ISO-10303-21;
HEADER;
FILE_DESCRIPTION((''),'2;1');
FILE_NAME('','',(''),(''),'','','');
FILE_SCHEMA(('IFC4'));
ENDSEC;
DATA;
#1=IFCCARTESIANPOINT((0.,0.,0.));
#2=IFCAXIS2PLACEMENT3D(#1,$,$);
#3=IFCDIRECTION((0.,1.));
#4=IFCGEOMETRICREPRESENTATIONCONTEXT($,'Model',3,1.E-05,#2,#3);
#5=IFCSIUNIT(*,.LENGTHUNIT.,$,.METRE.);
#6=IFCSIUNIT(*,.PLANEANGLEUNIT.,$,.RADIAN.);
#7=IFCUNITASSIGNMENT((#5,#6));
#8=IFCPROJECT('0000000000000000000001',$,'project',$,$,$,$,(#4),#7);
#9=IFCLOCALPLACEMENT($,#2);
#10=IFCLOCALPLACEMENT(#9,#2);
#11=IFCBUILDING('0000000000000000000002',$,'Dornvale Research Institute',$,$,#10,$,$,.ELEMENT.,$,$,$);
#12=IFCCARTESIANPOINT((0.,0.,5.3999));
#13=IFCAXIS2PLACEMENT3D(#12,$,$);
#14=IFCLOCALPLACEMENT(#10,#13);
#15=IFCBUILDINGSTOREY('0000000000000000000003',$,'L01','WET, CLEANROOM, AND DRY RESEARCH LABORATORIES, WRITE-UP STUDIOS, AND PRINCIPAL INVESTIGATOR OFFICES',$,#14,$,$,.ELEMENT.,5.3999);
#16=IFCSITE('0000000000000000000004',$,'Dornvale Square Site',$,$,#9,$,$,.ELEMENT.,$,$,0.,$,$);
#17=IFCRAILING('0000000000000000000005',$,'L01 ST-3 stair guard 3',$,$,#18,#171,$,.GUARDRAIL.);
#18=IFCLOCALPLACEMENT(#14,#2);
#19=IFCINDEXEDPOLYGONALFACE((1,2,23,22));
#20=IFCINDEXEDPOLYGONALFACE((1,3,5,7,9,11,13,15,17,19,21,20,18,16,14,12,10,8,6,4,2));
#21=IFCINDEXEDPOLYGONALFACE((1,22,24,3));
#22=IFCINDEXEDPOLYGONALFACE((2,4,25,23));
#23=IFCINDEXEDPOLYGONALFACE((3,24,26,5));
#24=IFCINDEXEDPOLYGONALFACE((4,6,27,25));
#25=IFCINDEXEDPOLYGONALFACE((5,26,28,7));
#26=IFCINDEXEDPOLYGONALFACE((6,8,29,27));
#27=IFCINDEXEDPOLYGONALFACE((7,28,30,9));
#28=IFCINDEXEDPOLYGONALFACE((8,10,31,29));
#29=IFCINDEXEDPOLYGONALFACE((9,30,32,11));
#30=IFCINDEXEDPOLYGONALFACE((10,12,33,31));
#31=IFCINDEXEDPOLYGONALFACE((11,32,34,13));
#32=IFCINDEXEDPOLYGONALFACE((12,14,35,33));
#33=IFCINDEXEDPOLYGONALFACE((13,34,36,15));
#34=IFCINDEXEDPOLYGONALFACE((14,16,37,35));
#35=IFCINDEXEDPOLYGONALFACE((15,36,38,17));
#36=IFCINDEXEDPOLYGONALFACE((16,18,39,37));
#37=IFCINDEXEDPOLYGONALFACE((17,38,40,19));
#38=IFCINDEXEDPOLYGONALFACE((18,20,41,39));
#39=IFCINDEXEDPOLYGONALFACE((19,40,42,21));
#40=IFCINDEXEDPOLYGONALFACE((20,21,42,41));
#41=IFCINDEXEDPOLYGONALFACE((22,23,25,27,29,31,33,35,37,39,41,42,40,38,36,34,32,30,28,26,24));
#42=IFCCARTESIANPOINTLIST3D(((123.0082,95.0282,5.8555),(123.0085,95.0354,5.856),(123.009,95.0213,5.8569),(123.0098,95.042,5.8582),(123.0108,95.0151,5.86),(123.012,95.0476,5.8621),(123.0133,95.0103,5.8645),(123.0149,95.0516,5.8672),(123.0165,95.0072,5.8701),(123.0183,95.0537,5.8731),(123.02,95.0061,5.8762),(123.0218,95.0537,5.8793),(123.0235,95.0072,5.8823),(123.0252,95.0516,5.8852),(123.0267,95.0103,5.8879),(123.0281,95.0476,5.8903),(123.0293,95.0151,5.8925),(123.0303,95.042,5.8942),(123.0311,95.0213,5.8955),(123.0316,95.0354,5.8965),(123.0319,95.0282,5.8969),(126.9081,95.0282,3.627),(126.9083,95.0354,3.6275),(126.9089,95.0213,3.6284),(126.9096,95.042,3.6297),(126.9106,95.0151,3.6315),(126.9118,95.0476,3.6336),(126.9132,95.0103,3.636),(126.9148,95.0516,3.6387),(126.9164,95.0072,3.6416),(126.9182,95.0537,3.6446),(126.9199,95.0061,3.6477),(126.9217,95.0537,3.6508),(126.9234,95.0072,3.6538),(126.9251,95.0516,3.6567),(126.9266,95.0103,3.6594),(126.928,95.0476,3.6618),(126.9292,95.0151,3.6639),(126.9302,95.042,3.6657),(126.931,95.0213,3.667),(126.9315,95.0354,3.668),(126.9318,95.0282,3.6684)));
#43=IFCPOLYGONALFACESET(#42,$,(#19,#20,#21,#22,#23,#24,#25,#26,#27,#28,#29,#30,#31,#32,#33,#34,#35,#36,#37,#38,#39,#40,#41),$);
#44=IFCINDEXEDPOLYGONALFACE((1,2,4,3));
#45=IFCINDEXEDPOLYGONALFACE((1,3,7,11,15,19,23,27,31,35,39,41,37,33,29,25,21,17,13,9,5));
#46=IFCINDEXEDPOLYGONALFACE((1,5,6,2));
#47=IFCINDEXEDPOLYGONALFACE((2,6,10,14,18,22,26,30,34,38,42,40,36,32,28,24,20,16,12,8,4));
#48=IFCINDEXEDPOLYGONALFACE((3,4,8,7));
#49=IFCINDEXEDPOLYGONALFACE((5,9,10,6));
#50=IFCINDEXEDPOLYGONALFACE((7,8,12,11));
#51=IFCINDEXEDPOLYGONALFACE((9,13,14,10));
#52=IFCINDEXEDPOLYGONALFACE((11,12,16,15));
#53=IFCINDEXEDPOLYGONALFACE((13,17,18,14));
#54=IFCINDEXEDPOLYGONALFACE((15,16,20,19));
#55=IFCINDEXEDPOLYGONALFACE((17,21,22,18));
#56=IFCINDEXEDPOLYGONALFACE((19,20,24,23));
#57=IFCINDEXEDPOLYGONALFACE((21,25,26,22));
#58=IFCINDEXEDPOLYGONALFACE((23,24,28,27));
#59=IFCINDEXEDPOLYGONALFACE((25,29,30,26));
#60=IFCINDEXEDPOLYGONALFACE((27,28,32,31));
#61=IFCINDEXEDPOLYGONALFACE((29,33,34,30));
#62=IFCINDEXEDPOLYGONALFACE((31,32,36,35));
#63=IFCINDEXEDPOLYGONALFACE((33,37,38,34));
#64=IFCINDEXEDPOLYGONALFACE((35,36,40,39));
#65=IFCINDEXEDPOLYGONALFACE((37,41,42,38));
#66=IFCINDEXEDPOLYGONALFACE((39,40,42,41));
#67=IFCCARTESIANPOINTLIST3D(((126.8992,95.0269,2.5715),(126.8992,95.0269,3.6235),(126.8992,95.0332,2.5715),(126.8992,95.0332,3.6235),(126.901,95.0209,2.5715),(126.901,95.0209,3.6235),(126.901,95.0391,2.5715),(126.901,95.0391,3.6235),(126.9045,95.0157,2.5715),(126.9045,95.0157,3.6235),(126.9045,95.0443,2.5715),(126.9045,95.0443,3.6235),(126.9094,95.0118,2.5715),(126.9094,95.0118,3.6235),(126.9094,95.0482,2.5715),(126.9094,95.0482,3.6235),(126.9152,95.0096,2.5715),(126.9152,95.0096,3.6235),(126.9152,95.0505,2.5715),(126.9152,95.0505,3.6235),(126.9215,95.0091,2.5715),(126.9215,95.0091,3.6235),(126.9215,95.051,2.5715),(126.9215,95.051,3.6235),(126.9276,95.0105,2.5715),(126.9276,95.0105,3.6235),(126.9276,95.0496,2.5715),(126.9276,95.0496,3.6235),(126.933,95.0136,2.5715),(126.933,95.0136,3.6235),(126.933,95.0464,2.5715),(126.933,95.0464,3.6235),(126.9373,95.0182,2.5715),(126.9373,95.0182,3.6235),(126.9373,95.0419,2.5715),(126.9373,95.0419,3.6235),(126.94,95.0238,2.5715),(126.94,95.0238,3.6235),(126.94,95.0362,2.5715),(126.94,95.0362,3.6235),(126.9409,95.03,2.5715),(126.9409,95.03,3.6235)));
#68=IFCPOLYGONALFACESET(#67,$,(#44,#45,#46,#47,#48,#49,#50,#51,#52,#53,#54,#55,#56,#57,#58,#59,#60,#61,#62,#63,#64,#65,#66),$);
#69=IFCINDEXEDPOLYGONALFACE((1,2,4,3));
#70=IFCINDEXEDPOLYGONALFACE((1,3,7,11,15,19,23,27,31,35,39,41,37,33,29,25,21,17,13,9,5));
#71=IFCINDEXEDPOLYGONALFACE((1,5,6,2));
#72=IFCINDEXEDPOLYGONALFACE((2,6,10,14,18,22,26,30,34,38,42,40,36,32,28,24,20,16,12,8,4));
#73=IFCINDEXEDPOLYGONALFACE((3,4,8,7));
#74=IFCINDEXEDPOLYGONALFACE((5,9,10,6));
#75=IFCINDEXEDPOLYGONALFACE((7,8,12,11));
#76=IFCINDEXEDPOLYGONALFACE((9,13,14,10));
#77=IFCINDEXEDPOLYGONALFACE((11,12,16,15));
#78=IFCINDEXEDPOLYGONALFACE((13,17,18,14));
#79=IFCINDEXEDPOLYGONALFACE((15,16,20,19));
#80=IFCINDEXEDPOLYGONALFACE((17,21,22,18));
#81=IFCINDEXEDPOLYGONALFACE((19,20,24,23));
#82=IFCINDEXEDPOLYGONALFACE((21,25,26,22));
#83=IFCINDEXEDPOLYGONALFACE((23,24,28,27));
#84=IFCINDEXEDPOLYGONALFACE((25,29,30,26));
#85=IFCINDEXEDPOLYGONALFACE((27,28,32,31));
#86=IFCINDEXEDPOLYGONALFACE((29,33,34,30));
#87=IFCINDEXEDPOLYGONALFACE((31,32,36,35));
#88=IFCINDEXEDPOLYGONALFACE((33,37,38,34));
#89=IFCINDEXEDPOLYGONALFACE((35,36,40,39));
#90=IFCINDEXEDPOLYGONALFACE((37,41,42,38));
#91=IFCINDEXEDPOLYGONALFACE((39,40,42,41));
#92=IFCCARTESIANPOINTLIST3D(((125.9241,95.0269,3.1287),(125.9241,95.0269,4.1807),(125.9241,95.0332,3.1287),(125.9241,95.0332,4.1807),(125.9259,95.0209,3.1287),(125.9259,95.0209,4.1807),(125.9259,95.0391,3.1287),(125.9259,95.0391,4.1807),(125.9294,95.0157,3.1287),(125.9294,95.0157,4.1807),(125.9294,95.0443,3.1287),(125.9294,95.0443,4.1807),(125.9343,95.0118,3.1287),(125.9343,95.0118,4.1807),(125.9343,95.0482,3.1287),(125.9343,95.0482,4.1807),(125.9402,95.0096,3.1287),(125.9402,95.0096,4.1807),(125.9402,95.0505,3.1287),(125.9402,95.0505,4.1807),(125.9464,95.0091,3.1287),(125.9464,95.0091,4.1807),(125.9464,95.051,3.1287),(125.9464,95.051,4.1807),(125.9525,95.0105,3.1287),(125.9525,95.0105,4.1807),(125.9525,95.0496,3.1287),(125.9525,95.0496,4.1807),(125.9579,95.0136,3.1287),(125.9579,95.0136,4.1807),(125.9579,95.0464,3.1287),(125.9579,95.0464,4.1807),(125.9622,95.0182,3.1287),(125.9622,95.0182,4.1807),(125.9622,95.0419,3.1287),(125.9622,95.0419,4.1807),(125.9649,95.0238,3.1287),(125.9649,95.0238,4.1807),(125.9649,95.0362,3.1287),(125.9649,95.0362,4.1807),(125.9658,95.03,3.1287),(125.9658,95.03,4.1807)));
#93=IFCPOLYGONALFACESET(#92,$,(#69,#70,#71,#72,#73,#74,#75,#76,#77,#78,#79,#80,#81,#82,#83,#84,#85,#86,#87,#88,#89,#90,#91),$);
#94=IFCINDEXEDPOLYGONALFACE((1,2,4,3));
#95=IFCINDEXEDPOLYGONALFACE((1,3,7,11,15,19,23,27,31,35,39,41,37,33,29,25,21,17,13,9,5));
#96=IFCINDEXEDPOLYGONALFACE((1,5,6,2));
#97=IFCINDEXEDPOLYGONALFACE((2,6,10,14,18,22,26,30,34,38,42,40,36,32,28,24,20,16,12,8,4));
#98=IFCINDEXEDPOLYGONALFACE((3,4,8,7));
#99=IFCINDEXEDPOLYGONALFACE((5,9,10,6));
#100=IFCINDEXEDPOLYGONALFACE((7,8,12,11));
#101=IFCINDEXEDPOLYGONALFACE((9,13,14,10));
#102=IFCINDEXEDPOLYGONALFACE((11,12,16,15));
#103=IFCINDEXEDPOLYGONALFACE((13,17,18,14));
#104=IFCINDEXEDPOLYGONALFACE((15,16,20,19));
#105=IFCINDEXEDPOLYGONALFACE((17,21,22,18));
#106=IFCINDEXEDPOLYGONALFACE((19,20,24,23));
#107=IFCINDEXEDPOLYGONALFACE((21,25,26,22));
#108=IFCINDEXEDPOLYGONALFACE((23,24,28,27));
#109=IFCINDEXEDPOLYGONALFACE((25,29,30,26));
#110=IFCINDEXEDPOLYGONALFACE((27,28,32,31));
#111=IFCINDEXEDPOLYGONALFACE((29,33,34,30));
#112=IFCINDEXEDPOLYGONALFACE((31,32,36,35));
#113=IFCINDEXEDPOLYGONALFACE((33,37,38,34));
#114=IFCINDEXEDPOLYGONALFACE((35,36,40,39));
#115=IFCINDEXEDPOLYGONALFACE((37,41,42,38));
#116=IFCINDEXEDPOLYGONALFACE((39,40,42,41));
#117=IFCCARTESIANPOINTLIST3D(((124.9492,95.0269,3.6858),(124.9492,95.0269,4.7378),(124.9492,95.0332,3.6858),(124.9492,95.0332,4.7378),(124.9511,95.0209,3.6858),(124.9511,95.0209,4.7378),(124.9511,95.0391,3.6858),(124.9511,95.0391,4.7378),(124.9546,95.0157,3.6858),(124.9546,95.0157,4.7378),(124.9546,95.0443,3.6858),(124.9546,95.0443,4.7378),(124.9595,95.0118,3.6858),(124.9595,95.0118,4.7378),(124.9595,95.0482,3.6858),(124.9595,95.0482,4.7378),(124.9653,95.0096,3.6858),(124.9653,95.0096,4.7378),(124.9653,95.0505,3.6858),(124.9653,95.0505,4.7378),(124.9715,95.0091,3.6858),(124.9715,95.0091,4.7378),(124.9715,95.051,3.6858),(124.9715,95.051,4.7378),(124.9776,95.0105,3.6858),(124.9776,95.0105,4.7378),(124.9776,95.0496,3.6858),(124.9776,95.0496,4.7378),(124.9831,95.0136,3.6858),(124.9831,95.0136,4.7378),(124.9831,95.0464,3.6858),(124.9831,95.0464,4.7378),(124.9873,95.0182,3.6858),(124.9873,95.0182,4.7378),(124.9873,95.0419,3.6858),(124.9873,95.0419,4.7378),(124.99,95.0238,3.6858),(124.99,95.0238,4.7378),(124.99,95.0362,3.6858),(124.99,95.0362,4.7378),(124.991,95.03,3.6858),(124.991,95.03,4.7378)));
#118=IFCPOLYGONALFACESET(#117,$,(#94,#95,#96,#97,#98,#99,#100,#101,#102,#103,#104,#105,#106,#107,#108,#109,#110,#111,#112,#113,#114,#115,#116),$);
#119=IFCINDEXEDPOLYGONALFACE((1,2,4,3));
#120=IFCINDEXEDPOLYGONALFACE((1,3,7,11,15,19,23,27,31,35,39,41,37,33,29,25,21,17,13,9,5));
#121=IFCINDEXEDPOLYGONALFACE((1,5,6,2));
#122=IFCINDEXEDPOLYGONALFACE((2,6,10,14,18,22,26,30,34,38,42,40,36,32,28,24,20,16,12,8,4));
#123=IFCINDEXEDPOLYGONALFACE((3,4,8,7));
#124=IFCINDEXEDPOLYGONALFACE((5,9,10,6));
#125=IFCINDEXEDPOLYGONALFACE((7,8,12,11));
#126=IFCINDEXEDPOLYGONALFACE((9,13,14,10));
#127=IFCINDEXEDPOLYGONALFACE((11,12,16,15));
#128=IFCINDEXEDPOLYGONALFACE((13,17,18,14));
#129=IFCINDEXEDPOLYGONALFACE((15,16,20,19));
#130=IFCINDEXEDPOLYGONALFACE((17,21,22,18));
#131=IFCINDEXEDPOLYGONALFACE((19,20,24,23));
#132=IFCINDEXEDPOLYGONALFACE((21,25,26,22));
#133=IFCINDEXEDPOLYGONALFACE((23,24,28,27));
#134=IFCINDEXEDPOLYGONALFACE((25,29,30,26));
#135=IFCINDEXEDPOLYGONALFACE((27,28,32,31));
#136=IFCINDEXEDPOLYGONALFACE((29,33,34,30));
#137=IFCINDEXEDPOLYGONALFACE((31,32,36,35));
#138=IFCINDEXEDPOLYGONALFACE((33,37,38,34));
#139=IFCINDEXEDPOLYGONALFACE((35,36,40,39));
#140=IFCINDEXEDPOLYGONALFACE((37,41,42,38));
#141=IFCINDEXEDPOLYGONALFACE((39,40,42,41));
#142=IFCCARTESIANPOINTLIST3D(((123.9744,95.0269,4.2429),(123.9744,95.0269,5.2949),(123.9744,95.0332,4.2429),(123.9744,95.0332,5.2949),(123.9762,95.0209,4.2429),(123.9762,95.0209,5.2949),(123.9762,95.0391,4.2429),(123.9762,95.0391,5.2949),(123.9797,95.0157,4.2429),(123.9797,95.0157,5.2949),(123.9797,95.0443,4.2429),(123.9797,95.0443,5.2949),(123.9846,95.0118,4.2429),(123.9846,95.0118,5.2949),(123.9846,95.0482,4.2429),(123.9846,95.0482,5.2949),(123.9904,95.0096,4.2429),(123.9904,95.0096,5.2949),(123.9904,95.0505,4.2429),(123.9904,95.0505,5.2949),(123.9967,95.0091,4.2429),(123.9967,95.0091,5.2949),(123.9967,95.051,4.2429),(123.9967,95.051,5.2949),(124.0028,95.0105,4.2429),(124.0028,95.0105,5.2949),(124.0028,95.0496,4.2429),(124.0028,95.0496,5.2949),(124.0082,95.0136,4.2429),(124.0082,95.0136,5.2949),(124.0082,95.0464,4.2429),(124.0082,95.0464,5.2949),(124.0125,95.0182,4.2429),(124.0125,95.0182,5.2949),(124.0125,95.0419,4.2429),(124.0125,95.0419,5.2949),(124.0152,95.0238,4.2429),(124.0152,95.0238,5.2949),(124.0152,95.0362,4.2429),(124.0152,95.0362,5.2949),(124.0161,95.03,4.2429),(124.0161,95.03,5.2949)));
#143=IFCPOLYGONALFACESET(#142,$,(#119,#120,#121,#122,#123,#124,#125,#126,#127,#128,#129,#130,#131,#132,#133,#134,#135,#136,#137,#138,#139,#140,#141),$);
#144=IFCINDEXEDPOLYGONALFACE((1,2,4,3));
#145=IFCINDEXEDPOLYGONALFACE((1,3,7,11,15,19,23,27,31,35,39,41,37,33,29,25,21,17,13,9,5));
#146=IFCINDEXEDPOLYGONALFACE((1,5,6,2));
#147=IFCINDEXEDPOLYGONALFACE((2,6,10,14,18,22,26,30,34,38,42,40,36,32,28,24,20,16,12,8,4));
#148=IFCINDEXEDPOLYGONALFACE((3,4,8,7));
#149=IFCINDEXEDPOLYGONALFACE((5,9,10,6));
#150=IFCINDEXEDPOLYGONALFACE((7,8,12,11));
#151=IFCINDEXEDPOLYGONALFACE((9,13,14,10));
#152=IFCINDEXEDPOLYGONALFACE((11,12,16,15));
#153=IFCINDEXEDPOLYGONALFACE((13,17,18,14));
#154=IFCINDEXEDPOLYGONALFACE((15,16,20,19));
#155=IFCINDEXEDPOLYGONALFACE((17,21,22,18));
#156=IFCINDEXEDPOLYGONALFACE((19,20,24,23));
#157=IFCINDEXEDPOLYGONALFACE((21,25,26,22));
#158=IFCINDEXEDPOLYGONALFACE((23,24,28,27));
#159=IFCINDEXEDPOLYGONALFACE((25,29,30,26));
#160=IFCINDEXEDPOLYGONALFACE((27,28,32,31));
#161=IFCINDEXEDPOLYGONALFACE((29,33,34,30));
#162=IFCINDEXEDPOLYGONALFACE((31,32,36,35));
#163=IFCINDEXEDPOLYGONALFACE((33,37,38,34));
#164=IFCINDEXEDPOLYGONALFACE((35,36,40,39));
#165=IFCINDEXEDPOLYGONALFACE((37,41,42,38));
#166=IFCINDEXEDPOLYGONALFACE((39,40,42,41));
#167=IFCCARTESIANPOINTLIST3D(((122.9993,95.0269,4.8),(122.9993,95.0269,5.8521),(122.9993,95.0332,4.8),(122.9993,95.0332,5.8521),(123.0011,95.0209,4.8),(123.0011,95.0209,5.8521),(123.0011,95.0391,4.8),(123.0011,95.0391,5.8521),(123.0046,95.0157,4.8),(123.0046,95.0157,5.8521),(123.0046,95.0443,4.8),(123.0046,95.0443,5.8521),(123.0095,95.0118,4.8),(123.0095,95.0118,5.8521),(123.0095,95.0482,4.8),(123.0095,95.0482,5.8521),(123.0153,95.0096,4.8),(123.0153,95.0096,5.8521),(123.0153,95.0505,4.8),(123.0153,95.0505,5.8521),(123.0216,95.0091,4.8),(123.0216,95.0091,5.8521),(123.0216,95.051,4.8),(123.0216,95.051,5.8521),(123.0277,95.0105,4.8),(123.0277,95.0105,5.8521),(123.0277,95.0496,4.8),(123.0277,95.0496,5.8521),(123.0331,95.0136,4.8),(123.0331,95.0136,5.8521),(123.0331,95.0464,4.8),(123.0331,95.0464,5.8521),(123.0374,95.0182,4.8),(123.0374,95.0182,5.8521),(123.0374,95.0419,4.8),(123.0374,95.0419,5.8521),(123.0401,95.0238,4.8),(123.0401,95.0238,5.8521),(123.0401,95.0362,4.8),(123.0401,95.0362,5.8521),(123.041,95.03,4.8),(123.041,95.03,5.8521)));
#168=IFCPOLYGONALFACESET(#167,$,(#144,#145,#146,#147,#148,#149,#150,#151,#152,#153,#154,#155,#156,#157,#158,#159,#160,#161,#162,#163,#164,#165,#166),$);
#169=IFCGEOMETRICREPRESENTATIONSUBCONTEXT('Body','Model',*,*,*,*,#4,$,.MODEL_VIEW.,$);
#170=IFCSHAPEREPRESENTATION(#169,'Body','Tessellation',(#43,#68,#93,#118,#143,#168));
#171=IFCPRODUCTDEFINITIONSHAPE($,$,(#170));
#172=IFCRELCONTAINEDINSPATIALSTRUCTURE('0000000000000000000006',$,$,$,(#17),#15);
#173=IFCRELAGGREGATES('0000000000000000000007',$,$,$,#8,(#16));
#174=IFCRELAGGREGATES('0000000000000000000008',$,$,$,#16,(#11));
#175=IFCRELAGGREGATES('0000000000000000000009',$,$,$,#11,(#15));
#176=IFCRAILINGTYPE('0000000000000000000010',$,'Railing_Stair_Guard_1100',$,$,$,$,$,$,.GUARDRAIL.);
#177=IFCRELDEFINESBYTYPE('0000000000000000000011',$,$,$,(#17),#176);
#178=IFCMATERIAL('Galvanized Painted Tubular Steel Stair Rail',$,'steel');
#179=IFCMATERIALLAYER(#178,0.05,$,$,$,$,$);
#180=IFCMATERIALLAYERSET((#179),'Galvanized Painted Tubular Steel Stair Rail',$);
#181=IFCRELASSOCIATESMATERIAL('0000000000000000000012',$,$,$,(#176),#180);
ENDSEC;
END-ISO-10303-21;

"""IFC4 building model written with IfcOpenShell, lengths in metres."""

from ifc_helpers import new_model, si_unit, direction, frame, origin, origin_2d, place, context, subcontext, project, spatial, circle, extrude, material, layer, layer_set, type_object, element, save


model = new_model("IFC4")

# Units and contexts
model_context = context("Model", 3, precision=1e-05, world=origin(), true_north=direction((0.0, 1.0)))
body_context = subcontext(model_context, "Body", "Model", "MODEL_VIEW")
ifc_project = project(units=[si_unit("LENGTHUNIT", "METRE"), si_unit("PLANEANGLEUNIT", "RADIAN")], contexts=[model_context])

# Site, building, storey
site_placement = place(None, origin())
site = spatial("IfcSite", under=ifc_project, at=site_placement, Name="Dornvale Square Site", CompositionType="ELEMENT", RefElevation=0.0)
building_placement = place(site_placement, origin())
building = spatial("IfcBuilding", under=site, at=building_placement, Name="Dornvale Research Institute", CompositionType="ELEMENT")
storey_placement = place(building_placement, frame((0.0, 0.0, 5.3999)))
storey = spatial("IfcBuildingStorey", under=building, at=storey_placement, Name="L01", Description="WET, CLEANROOM, AND DRY RESEARCH LABORATORIES, WRITE-UP STUDIOS, AND PRINCIPAL INVESTIGATOR OFFICES", CompositionType="ELEMENT", Elevation=5.3999)

# Railing
ifc_material_1 = material(Name="Galvanized Painted Tubular Steel Stair Rail", Category="steel")
ifc_layer_1 = layer(ifc_material_1, 0.05)
ifc_layer_set_1 = layer_set([ifc_layer_1], Name="Galvanized Painted Tubular Steel Stair Rail")
railing_type_1 = type_object("IfcRailingType", Name="Railing_Stair_Guard_1100", PredefinedType="GUARDRAIL", material=ifc_layer_set_1)
railing_1_placement = place(storey_placement, frame((126.9199, 95.03, 2.5715)))
element("IfcRailing", 1, at=railing_1_placement, inside=storey, type_object=railing_type_1, Name="L01 ST-3 stair guard 3", PredefinedType="GUARDRAIL", context=body_context, shape_type="SweptSolid", body=[
    extrude(circle(Radius=0.0239, at=origin_2d()), frame((0.0, 0.0, 1.0762), z_axis=(-0.868243, 0.0, 0.496139), x_axis=(0.0, -1.0, 0.0)), (0.0, 0.0, 1.0), 4.4917),
    extrude(circle(Radius=0.021, at=origin_2d()), origin(), (0.0, 0.0, 1.0), 1.052),
    extrude(circle(Radius=0.021, at=origin_2d()), frame((-0.9751, 0.0, 0.5571)), (0.0, 0.0, 1.0), 1.052),
    extrude(circle(Radius=0.021, at=origin_2d()), frame((-1.95, 0.0, 1.1143)), (0.0, 0.0, 1.0), 1.052),
    extrude(circle(Radius=0.021, at=origin_2d()), frame((-2.9248, 0.0, 1.6714)), (0.0, 0.0, 1.0), 1.052),
    extrude(circle(Radius=0.021, at=origin_2d()), frame((-3.8999, 0.0, 2.2285)), (0.0, 0.0, 1.0), 1.052),
])

save(model, "model.ifc")
